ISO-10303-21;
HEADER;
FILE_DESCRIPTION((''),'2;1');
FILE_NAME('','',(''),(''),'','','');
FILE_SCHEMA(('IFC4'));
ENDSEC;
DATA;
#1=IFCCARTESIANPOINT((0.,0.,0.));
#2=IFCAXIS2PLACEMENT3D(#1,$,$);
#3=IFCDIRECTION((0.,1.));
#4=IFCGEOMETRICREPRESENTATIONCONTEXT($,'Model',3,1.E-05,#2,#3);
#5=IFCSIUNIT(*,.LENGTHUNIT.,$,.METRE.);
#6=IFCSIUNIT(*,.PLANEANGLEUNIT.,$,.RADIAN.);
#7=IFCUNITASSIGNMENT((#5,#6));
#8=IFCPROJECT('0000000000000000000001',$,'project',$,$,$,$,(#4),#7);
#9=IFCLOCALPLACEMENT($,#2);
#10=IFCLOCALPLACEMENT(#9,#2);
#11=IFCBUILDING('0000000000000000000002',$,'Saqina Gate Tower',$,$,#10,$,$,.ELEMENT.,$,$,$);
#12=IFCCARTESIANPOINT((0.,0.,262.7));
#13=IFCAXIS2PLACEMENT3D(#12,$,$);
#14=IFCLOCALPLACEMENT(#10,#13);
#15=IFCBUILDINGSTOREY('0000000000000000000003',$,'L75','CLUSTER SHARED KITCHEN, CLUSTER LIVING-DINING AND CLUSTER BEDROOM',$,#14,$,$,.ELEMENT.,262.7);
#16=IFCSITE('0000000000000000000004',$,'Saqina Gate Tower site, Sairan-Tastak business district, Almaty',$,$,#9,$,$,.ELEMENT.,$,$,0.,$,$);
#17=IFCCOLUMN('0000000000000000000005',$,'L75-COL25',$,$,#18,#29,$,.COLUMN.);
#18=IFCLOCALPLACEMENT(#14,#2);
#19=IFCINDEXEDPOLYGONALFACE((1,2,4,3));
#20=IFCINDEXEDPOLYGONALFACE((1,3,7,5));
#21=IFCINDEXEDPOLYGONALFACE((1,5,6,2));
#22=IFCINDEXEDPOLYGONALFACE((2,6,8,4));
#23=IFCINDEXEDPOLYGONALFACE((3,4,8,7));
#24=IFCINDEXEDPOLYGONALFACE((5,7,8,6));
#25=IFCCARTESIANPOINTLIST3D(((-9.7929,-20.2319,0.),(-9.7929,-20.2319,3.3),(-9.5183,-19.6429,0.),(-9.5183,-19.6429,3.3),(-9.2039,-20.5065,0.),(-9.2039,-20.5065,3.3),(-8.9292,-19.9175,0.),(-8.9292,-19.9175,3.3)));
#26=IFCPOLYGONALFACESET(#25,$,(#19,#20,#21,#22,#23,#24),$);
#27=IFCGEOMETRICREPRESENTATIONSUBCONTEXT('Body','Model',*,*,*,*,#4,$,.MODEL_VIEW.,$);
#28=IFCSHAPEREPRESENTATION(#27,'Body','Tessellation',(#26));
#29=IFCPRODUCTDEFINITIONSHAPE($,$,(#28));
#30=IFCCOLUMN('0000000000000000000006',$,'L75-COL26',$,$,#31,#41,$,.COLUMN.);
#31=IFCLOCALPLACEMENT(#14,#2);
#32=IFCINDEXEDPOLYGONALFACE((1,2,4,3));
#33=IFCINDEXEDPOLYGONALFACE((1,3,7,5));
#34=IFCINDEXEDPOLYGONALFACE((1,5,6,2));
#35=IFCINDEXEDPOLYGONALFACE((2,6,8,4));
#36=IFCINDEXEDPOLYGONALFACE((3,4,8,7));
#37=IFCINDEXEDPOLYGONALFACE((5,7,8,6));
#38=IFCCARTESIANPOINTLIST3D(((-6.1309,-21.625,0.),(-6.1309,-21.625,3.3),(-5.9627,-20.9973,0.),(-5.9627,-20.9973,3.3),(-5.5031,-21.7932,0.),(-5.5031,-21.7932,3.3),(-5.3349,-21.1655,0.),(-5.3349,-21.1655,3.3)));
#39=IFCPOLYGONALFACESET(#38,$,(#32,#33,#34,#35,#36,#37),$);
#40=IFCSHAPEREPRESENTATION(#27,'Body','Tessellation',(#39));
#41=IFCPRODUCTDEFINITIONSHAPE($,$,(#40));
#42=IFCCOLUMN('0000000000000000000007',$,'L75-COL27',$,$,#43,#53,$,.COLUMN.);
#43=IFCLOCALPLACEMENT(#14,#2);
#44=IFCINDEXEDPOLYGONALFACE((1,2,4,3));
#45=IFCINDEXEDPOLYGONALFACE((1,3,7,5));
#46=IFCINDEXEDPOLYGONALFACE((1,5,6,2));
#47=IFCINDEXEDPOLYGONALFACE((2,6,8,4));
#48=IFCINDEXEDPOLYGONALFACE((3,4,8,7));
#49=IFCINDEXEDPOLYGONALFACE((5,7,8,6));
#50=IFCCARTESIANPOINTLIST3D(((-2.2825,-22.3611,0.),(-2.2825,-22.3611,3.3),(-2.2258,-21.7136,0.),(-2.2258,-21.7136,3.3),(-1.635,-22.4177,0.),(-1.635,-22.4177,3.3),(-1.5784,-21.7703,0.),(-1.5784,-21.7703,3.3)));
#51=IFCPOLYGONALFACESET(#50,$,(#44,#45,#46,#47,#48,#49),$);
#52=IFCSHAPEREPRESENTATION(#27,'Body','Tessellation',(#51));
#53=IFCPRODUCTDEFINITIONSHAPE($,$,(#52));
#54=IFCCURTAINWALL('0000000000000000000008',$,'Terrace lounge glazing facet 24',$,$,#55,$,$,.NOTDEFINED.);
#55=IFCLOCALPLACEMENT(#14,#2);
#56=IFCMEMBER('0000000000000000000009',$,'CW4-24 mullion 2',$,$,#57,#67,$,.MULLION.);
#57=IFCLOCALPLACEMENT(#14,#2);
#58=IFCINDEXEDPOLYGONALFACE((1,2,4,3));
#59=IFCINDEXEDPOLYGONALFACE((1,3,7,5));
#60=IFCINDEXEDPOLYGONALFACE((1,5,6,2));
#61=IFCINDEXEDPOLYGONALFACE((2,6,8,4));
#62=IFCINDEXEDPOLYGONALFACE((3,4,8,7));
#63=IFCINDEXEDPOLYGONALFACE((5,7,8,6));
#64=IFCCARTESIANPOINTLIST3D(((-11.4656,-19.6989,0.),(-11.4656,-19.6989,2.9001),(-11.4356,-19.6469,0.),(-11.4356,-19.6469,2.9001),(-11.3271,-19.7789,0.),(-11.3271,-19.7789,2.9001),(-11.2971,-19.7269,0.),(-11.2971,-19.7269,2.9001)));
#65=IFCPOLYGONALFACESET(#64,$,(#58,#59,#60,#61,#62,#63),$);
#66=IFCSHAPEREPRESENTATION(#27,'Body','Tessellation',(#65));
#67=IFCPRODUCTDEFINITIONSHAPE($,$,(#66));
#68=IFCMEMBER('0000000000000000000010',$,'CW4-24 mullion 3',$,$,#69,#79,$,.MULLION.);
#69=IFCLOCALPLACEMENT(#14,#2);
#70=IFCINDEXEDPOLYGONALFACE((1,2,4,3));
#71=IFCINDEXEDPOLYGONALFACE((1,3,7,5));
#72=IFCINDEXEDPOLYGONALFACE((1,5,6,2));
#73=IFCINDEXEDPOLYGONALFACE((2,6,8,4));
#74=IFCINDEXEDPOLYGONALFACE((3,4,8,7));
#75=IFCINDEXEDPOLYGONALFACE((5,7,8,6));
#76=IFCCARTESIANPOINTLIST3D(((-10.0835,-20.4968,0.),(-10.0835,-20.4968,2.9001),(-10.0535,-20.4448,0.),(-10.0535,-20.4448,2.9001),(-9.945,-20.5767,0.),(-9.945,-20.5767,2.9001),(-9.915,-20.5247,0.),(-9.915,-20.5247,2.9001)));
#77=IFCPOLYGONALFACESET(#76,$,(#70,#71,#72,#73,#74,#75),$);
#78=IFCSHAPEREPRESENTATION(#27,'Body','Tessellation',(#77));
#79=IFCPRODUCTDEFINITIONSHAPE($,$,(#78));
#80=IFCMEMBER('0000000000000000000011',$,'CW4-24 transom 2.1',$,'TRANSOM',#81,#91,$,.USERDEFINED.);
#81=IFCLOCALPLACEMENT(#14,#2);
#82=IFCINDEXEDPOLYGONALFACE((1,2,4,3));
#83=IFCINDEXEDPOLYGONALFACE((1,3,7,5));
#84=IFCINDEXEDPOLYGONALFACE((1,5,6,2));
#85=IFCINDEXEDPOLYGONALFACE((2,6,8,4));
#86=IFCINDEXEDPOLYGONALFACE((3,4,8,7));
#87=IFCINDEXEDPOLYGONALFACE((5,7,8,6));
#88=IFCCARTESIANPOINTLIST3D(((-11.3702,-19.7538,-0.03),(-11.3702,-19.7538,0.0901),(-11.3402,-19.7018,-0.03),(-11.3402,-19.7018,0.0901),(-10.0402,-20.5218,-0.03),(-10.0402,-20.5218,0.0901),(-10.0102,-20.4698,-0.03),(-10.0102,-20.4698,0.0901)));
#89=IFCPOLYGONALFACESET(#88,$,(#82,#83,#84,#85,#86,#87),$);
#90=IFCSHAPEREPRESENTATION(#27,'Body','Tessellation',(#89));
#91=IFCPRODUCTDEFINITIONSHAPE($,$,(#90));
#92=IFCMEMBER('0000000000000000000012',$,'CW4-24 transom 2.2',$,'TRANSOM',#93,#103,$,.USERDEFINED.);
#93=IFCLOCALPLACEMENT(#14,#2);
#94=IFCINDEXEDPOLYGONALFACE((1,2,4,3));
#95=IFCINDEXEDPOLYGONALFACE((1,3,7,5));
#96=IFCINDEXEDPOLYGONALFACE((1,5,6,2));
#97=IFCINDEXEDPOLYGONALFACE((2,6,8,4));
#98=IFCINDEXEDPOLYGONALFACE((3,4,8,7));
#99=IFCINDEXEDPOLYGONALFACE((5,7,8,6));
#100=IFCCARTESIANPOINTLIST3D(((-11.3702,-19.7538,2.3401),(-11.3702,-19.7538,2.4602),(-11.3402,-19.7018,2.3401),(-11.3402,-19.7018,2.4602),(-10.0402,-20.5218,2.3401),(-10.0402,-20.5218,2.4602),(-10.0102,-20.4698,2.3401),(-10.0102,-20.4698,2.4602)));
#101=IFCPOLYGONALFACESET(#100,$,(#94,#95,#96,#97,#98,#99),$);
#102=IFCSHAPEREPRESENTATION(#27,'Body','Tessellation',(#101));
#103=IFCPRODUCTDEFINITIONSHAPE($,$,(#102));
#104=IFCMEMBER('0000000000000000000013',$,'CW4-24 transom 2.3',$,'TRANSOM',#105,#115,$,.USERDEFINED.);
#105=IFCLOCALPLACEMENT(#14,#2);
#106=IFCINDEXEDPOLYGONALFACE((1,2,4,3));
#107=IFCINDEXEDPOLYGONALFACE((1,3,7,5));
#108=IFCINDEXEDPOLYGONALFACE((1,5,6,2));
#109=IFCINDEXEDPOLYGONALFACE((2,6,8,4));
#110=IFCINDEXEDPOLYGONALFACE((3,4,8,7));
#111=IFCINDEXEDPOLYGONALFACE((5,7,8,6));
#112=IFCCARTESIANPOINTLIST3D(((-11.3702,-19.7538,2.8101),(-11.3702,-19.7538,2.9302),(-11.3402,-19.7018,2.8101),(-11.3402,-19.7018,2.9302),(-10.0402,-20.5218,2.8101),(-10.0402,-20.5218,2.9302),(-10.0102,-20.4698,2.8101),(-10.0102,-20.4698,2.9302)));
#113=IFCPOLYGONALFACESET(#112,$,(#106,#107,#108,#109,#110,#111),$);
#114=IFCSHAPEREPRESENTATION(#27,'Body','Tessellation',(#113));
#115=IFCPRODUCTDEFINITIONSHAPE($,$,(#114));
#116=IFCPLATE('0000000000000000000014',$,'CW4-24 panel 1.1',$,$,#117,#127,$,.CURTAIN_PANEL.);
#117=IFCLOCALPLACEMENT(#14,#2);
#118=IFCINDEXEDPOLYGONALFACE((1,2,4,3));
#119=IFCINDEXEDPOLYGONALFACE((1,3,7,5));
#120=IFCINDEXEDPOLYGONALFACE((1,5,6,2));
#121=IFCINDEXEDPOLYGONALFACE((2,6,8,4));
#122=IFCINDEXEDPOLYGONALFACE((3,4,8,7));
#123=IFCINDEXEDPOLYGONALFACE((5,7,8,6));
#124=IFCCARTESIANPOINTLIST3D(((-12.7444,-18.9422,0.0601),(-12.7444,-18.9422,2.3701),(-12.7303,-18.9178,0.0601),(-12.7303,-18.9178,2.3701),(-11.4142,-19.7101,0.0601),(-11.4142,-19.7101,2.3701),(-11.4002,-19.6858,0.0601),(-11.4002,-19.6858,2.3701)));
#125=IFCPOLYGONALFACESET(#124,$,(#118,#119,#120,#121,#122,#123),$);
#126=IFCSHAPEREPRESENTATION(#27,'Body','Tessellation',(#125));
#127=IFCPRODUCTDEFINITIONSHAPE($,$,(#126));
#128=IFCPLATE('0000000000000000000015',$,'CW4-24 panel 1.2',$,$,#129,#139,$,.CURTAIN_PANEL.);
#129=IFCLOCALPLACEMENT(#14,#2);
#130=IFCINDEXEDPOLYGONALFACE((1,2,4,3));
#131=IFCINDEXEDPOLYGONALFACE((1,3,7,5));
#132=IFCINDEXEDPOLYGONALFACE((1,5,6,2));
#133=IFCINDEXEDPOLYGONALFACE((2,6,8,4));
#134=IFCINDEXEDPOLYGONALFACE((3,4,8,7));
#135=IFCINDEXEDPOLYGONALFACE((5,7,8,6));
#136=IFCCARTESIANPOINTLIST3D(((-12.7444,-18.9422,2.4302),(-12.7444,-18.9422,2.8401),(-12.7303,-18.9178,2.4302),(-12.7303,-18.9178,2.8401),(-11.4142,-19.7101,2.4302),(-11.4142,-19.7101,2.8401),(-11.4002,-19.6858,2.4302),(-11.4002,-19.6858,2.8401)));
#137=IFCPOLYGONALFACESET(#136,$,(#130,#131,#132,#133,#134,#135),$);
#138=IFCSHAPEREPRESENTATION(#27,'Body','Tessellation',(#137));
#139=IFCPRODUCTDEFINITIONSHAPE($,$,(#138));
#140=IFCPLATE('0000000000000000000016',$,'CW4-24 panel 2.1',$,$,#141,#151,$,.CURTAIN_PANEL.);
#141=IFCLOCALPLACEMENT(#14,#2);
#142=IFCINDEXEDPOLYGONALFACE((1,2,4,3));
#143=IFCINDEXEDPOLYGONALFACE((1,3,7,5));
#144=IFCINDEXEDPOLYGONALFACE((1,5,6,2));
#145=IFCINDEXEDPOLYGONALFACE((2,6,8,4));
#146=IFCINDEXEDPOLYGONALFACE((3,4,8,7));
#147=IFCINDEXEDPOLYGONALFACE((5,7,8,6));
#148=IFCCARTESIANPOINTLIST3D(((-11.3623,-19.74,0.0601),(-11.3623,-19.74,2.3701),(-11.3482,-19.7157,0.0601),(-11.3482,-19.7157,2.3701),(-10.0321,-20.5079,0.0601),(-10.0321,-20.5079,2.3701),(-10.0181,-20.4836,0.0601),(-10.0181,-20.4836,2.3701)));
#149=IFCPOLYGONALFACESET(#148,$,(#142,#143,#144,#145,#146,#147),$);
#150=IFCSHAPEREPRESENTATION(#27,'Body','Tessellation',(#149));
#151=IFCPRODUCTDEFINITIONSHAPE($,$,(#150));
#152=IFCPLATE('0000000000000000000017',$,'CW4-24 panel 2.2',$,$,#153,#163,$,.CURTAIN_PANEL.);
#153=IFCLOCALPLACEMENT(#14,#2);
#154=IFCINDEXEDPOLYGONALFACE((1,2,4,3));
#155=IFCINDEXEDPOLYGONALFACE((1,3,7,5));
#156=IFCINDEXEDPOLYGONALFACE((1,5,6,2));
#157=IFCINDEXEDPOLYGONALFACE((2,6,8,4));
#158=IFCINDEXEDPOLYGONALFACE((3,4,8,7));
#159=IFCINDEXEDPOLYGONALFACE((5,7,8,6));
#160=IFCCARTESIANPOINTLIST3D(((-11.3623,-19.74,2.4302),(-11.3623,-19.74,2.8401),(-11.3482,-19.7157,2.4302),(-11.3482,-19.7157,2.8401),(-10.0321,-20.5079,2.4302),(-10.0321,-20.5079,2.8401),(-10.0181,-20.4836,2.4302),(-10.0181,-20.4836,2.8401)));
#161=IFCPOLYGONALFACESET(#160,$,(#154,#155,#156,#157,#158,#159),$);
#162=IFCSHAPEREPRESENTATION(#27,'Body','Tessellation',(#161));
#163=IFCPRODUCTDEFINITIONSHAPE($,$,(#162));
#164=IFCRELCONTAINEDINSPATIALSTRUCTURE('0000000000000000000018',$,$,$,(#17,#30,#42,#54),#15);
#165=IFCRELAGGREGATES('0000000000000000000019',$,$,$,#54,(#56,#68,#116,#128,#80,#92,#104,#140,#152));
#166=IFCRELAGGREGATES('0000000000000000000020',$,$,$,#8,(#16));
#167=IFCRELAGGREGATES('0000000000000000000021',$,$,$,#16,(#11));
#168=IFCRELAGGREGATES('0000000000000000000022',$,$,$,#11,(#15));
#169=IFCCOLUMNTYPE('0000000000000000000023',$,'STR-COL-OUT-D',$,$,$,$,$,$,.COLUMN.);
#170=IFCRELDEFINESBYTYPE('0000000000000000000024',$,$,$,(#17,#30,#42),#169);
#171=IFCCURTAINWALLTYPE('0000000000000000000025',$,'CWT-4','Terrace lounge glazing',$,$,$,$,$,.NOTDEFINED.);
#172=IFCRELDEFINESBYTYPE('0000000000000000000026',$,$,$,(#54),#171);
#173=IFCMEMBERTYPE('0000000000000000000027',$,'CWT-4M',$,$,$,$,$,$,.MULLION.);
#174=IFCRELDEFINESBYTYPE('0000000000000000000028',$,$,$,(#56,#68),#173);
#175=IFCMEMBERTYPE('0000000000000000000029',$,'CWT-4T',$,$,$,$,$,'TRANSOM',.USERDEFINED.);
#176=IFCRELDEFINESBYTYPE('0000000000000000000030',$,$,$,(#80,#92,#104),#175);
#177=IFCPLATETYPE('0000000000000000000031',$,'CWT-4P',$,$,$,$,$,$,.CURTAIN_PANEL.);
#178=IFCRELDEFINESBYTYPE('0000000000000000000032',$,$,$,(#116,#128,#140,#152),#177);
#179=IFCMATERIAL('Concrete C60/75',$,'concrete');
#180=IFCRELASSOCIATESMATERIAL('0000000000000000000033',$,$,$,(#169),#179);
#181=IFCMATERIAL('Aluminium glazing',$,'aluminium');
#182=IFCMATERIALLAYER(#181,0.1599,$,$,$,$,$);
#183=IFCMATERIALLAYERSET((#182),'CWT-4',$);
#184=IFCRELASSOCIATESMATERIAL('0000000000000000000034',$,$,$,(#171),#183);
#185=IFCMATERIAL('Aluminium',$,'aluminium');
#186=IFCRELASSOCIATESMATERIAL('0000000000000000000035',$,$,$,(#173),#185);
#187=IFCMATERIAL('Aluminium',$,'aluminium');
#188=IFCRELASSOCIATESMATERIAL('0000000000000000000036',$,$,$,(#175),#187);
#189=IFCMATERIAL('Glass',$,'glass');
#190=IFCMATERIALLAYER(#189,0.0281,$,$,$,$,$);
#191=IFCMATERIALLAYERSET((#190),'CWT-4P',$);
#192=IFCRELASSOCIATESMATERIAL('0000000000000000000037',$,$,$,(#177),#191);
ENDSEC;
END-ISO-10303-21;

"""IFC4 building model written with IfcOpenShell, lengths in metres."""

from ifc_helpers import new_model, si_unit, direction, frame, origin, origin_2d, place, context, subcontext, project, spatial, rectangle, extrude, material, layer, layer_set, material_profile, profile_set, type_object, element, aggregate, save


model = new_model("IFC4")

# Units and contexts
model_context = context("Model", 3, precision=1e-05, world=origin(), true_north=direction((0.0, 1.0)))
body_context = subcontext(model_context, "Body", "Model", "MODEL_VIEW")
ifc_project = project(units=[si_unit("LENGTHUNIT", "METRE"), si_unit("PLANEANGLEUNIT", "RADIAN")], contexts=[model_context])

# Site, building, storey
site_placement = place(None, origin())
site = spatial("IfcSite", under=ifc_project, at=site_placement, Name="Saqina Gate Tower site, Sairan-Tastak business district, Almaty", CompositionType="ELEMENT", RefElevation=0.0)
building_placement = place(site_placement, origin())
building = spatial("IfcBuilding", under=site, at=building_placement, Name="Saqina Gate Tower", CompositionType="ELEMENT")
storey_placement = place(building_placement, frame((0.0, 0.0, 262.7)))
storey = spatial("IfcBuildingStorey", under=building, at=storey_placement, Name="L75", Description="CLUSTER SHARED KITCHEN, CLUSTER LIVING-DINING AND CLUSTER BEDROOM", CompositionType="ELEMENT", Elevation=262.7)

# Columns
ifc_material_1 = material(Name="Concrete C60/75", Category="concrete")
ifc_material_profile_1 = material_profile(ifc_material_1, rectangle(XDim=0.6499, YDim=0.6499, at=origin_2d()), Name="RC 650x650")
ifc_profile_set_1 = profile_set([ifc_material_profile_1], Name="Concrete C60/75")
column_type = type_object("IfcColumnType", Name="STR-COL-OUT-D", PredefinedType="COLUMN", material=ifc_profile_set_1)
for number, where, z_axis, x_axis, name in (
    (1, (-9.3611, -20.0747, 0.0), (0.0, 0.0, 1.0), (-0.422618, -0.906308, 0.0), "L75-COL25"),
    (2, (-5.7329, -21.3953, 0.0), (0.0, 0.0, 1.0), (-0.258819, -0.965926, 0.0), "L75-COL26"),
    (3, (-1.9304, -22.0657, 0.0), (0.0, 0.0, 1.0), (-0.087156, -0.996195, 0.0), "L75-COL27"),
):
    element("IfcColumn", number, at=place(storey_placement, frame(where, z_axis=z_axis, x_axis=x_axis)), inside=storey, type_object=column_type, Name=name, PredefinedType="COLUMN", context=body_context, shape_type="SweptSolid", body=[
        extrude(rectangle(XDim=0.6499, YDim=0.6499, at=origin_2d()), origin(), (0.0, 0.0, 1.0), 3.3),
    ])

# Curtain wall, members, plates
ifc_material_2 = material(Name="Aluminium glazing", Category="aluminium")
ifc_layer_1 = layer(ifc_material_2, 0.1599)
ifc_layer_set_1 = layer_set([ifc_layer_1], Name="CWT-4")
curtain_wall_type = type_object("IfcCurtainWallType", Name="CWT-4", Description="Terrace lounge glazing", PredefinedType="NOTDEFINED", material=ifc_layer_set_1)
curtain_wall_placement = place(storey_placement, origin())
curtain_wall = element("IfcCurtainWall", 4, at=curtain_wall_placement, inside=storey, type_object=curtain_wall_type, Name="Terrace lounge glazing facet 24", PredefinedType="NOTDEFINED")
ifc_material_3 = material(Name="Aluminium", Category="aluminium")
ifc_material_profile_2 = material_profile(ifc_material_3, rectangle(XDim=0.0601, YDim=0.1599, at=origin_2d()), Name="Aluminium 60x160")
ifc_profile_set_2 = profile_set([ifc_material_profile_2], Name="Aluminium")
member_type_1 = type_object("IfcMemberType", Name="CWT-4M", PredefinedType="MULLION", material=ifc_profile_set_2)
member_1_placement = place(storey_placement, frame((-11.3813, -19.7129, 0.0), z_axis=(0.0, 0.0, 1.0), x_axis=(0.499982, 0.866036, 0.0)))
member_1 = element("IfcMember", 5, at=member_1_placement, type_object=member_type_1, Name="CW4-24 mullion 2", PredefinedType="MULLION", context=body_context, shape_type="SweptSolid", body=[
    extrude(rectangle(XDim=0.0601, YDim=0.1599, at=origin_2d()), origin(), (0.0, 0.0, 1.0), 2.9001),
])
member_2_placement = place(storey_placement, frame((-9.9993, -20.5107, 0.0), z_axis=(0.0, 0.0, 1.0), x_axis=(0.499982, 0.866036, 0.0)))
member_2 = element("IfcMember", 6, at=member_2_placement, type_object=member_type_1, Name="CW4-24 mullion 3", PredefinedType="MULLION", context=body_context, shape_type="SweptSolid", body=[
    extrude(rectangle(XDim=0.0601, YDim=0.1599, at=origin_2d()), origin(), (0.0, 0.0, 1.0), 2.9001),
])
ifc_material_4 = material(Name="Aluminium", Category="aluminium")
ifc_material_profile_3 = material_profile(ifc_material_4, rectangle(XDim=0.0601, YDim=0.1201, at=origin_2d()), Name="Aluminium 60x120")
ifc_profile_set_3 = profile_set([ifc_material_profile_3], Name="Aluminium")
member_type_2 = type_object("IfcMemberType", Name="CWT-4T", ElementType="TRANSOM", PredefinedType="USERDEFINED", material=ifc_profile_set_3)
member_3_placement = place(storey_placement, frame((-11.3552, -19.7278, 0.03), z_axis=(0.865984, -0.500071, 0.0), x_axis=(0.500071, 0.865984, 0.0)))
member_3 = element("IfcMember", 7, at=member_3_placement, type_object=member_type_2, Name="CW4-24 transom 2.1", ObjectType="TRANSOM", PredefinedType="USERDEFINED", context=body_context, shape_type="SweptSolid", body=[
    extrude(rectangle(XDim=0.0601, YDim=0.1201, at=origin_2d()), origin(), (0.0, 0.0, 1.0), 1.5359),
])
member_4_placement = place(storey_placement, frame((-11.3552, -19.7278, 2.4001), z_axis=(0.865984, -0.500071, 0.0), x_axis=(0.500071, 0.865984, 0.0)))
member_4 = element("IfcMember", 8, at=member_4_placement, type_object=member_type_2, Name="CW4-24 transom 2.2", ObjectType="TRANSOM", PredefinedType="USERDEFINED", context=body_context, shape_type="SweptSolid", body=[
    extrude(rectangle(XDim=0.0601, YDim=0.1201, at=origin_2d()), origin(), (0.0, 0.0, 1.0), 1.5359),
])
member_5_placement = place(storey_placement, frame((-11.3552, -19.7278, 2.8701), z_axis=(0.865984, -0.500071, 0.0), x_axis=(0.500071, 0.865984, 0.0)))
member_5 = element("IfcMember", 9, at=member_5_placement, type_object=member_type_2, Name="CW4-24 transom 2.3", ObjectType="TRANSOM", PredefinedType="USERDEFINED", context=body_context, shape_type="SweptSolid", body=[
    extrude(rectangle(XDim=0.0601, YDim=0.1201, at=origin_2d()), origin(), (0.0, 0.0, 1.0), 1.5359),
])
ifc_material_5 = material(Name="Glass", Category="glass")
ifc_layer_2 = layer(ifc_material_5, 0.0281)
ifc_layer_set_2 = layer_set([ifc_layer_2], Name="CWT-4P")
plate_type = type_object("IfcPlateType", Name="CWT-4P", PredefinedType="CURTAIN_PANEL", material=ifc_layer_set_2)
plate_1_placement = place(storey_placement, frame((-12.0723, -19.314, 0.0601), z_axis=(0.0, 0.0, 1.0), x_axis=(0.866036, -0.499982, 0.0)))
plate_1 = element("IfcPlate", 10, at=plate_1_placement, type_object=plate_type, Name="CW4-24 panel 1.1", PredefinedType="CURTAIN_PANEL", context=body_context, shape_type="SweptSolid", body=[
    extrude(rectangle(XDim=1.5359, YDim=0.0281, at=origin_2d()), origin(), (0.0, 0.0, 1.0), 2.3101),
])
plate_2_placement = place(storey_placement, frame((-12.0723, -19.314, 2.4302), z_axis=(0.0, 0.0, 1.0), x_axis=(0.866036, -0.499982, 0.0)))
plate_2 = element("IfcPlate", 11, at=plate_2_placement, type_object=plate_type, Name="CW4-24 panel 1.2", PredefinedType="CURTAIN_PANEL", context=body_context, shape_type="SweptSolid", body=[
    extrude(rectangle(XDim=1.5359, YDim=0.0281, at=origin_2d()), origin(), (0.0, 0.0, 1.0), 0.4099),
])
plate_3_placement = place(storey_placement, frame((-10.6902, -20.1118, 0.0601), z_axis=(0.0, 0.0, 1.0), x_axis=(0.866036, -0.499982, 0.0)))
plate_3 = element("IfcPlate", 12, at=plate_3_placement, type_object=plate_type, Name="CW4-24 panel 2.1", PredefinedType="CURTAIN_PANEL", context=body_context, shape_type="SweptSolid", body=[
    extrude(rectangle(XDim=1.5359, YDim=0.0281, at=origin_2d()), origin(), (0.0, 0.0, 1.0), 2.3101),
])
plate_4_placement = place(storey_placement, frame((-10.6902, -20.1118, 2.4302), z_axis=(0.0, 0.0, 1.0), x_axis=(0.866036, -0.499982, 0.0)))
plate_4 = element("IfcPlate", 13, at=plate_4_placement, type_object=plate_type, Name="CW4-24 panel 2.2", PredefinedType="CURTAIN_PANEL", context=body_context, shape_type="SweptSolid", body=[
    extrude(rectangle(XDim=1.5359, YDim=0.0281, at=origin_2d()), origin(), (0.0, 0.0, 1.0), 0.4099),
])
aggregate(curtain_wall, [member_1, member_2, plate_1, plate_2, member_3, member_4, member_5, plate_3, plate_4])

save(model, "model.ifc")
